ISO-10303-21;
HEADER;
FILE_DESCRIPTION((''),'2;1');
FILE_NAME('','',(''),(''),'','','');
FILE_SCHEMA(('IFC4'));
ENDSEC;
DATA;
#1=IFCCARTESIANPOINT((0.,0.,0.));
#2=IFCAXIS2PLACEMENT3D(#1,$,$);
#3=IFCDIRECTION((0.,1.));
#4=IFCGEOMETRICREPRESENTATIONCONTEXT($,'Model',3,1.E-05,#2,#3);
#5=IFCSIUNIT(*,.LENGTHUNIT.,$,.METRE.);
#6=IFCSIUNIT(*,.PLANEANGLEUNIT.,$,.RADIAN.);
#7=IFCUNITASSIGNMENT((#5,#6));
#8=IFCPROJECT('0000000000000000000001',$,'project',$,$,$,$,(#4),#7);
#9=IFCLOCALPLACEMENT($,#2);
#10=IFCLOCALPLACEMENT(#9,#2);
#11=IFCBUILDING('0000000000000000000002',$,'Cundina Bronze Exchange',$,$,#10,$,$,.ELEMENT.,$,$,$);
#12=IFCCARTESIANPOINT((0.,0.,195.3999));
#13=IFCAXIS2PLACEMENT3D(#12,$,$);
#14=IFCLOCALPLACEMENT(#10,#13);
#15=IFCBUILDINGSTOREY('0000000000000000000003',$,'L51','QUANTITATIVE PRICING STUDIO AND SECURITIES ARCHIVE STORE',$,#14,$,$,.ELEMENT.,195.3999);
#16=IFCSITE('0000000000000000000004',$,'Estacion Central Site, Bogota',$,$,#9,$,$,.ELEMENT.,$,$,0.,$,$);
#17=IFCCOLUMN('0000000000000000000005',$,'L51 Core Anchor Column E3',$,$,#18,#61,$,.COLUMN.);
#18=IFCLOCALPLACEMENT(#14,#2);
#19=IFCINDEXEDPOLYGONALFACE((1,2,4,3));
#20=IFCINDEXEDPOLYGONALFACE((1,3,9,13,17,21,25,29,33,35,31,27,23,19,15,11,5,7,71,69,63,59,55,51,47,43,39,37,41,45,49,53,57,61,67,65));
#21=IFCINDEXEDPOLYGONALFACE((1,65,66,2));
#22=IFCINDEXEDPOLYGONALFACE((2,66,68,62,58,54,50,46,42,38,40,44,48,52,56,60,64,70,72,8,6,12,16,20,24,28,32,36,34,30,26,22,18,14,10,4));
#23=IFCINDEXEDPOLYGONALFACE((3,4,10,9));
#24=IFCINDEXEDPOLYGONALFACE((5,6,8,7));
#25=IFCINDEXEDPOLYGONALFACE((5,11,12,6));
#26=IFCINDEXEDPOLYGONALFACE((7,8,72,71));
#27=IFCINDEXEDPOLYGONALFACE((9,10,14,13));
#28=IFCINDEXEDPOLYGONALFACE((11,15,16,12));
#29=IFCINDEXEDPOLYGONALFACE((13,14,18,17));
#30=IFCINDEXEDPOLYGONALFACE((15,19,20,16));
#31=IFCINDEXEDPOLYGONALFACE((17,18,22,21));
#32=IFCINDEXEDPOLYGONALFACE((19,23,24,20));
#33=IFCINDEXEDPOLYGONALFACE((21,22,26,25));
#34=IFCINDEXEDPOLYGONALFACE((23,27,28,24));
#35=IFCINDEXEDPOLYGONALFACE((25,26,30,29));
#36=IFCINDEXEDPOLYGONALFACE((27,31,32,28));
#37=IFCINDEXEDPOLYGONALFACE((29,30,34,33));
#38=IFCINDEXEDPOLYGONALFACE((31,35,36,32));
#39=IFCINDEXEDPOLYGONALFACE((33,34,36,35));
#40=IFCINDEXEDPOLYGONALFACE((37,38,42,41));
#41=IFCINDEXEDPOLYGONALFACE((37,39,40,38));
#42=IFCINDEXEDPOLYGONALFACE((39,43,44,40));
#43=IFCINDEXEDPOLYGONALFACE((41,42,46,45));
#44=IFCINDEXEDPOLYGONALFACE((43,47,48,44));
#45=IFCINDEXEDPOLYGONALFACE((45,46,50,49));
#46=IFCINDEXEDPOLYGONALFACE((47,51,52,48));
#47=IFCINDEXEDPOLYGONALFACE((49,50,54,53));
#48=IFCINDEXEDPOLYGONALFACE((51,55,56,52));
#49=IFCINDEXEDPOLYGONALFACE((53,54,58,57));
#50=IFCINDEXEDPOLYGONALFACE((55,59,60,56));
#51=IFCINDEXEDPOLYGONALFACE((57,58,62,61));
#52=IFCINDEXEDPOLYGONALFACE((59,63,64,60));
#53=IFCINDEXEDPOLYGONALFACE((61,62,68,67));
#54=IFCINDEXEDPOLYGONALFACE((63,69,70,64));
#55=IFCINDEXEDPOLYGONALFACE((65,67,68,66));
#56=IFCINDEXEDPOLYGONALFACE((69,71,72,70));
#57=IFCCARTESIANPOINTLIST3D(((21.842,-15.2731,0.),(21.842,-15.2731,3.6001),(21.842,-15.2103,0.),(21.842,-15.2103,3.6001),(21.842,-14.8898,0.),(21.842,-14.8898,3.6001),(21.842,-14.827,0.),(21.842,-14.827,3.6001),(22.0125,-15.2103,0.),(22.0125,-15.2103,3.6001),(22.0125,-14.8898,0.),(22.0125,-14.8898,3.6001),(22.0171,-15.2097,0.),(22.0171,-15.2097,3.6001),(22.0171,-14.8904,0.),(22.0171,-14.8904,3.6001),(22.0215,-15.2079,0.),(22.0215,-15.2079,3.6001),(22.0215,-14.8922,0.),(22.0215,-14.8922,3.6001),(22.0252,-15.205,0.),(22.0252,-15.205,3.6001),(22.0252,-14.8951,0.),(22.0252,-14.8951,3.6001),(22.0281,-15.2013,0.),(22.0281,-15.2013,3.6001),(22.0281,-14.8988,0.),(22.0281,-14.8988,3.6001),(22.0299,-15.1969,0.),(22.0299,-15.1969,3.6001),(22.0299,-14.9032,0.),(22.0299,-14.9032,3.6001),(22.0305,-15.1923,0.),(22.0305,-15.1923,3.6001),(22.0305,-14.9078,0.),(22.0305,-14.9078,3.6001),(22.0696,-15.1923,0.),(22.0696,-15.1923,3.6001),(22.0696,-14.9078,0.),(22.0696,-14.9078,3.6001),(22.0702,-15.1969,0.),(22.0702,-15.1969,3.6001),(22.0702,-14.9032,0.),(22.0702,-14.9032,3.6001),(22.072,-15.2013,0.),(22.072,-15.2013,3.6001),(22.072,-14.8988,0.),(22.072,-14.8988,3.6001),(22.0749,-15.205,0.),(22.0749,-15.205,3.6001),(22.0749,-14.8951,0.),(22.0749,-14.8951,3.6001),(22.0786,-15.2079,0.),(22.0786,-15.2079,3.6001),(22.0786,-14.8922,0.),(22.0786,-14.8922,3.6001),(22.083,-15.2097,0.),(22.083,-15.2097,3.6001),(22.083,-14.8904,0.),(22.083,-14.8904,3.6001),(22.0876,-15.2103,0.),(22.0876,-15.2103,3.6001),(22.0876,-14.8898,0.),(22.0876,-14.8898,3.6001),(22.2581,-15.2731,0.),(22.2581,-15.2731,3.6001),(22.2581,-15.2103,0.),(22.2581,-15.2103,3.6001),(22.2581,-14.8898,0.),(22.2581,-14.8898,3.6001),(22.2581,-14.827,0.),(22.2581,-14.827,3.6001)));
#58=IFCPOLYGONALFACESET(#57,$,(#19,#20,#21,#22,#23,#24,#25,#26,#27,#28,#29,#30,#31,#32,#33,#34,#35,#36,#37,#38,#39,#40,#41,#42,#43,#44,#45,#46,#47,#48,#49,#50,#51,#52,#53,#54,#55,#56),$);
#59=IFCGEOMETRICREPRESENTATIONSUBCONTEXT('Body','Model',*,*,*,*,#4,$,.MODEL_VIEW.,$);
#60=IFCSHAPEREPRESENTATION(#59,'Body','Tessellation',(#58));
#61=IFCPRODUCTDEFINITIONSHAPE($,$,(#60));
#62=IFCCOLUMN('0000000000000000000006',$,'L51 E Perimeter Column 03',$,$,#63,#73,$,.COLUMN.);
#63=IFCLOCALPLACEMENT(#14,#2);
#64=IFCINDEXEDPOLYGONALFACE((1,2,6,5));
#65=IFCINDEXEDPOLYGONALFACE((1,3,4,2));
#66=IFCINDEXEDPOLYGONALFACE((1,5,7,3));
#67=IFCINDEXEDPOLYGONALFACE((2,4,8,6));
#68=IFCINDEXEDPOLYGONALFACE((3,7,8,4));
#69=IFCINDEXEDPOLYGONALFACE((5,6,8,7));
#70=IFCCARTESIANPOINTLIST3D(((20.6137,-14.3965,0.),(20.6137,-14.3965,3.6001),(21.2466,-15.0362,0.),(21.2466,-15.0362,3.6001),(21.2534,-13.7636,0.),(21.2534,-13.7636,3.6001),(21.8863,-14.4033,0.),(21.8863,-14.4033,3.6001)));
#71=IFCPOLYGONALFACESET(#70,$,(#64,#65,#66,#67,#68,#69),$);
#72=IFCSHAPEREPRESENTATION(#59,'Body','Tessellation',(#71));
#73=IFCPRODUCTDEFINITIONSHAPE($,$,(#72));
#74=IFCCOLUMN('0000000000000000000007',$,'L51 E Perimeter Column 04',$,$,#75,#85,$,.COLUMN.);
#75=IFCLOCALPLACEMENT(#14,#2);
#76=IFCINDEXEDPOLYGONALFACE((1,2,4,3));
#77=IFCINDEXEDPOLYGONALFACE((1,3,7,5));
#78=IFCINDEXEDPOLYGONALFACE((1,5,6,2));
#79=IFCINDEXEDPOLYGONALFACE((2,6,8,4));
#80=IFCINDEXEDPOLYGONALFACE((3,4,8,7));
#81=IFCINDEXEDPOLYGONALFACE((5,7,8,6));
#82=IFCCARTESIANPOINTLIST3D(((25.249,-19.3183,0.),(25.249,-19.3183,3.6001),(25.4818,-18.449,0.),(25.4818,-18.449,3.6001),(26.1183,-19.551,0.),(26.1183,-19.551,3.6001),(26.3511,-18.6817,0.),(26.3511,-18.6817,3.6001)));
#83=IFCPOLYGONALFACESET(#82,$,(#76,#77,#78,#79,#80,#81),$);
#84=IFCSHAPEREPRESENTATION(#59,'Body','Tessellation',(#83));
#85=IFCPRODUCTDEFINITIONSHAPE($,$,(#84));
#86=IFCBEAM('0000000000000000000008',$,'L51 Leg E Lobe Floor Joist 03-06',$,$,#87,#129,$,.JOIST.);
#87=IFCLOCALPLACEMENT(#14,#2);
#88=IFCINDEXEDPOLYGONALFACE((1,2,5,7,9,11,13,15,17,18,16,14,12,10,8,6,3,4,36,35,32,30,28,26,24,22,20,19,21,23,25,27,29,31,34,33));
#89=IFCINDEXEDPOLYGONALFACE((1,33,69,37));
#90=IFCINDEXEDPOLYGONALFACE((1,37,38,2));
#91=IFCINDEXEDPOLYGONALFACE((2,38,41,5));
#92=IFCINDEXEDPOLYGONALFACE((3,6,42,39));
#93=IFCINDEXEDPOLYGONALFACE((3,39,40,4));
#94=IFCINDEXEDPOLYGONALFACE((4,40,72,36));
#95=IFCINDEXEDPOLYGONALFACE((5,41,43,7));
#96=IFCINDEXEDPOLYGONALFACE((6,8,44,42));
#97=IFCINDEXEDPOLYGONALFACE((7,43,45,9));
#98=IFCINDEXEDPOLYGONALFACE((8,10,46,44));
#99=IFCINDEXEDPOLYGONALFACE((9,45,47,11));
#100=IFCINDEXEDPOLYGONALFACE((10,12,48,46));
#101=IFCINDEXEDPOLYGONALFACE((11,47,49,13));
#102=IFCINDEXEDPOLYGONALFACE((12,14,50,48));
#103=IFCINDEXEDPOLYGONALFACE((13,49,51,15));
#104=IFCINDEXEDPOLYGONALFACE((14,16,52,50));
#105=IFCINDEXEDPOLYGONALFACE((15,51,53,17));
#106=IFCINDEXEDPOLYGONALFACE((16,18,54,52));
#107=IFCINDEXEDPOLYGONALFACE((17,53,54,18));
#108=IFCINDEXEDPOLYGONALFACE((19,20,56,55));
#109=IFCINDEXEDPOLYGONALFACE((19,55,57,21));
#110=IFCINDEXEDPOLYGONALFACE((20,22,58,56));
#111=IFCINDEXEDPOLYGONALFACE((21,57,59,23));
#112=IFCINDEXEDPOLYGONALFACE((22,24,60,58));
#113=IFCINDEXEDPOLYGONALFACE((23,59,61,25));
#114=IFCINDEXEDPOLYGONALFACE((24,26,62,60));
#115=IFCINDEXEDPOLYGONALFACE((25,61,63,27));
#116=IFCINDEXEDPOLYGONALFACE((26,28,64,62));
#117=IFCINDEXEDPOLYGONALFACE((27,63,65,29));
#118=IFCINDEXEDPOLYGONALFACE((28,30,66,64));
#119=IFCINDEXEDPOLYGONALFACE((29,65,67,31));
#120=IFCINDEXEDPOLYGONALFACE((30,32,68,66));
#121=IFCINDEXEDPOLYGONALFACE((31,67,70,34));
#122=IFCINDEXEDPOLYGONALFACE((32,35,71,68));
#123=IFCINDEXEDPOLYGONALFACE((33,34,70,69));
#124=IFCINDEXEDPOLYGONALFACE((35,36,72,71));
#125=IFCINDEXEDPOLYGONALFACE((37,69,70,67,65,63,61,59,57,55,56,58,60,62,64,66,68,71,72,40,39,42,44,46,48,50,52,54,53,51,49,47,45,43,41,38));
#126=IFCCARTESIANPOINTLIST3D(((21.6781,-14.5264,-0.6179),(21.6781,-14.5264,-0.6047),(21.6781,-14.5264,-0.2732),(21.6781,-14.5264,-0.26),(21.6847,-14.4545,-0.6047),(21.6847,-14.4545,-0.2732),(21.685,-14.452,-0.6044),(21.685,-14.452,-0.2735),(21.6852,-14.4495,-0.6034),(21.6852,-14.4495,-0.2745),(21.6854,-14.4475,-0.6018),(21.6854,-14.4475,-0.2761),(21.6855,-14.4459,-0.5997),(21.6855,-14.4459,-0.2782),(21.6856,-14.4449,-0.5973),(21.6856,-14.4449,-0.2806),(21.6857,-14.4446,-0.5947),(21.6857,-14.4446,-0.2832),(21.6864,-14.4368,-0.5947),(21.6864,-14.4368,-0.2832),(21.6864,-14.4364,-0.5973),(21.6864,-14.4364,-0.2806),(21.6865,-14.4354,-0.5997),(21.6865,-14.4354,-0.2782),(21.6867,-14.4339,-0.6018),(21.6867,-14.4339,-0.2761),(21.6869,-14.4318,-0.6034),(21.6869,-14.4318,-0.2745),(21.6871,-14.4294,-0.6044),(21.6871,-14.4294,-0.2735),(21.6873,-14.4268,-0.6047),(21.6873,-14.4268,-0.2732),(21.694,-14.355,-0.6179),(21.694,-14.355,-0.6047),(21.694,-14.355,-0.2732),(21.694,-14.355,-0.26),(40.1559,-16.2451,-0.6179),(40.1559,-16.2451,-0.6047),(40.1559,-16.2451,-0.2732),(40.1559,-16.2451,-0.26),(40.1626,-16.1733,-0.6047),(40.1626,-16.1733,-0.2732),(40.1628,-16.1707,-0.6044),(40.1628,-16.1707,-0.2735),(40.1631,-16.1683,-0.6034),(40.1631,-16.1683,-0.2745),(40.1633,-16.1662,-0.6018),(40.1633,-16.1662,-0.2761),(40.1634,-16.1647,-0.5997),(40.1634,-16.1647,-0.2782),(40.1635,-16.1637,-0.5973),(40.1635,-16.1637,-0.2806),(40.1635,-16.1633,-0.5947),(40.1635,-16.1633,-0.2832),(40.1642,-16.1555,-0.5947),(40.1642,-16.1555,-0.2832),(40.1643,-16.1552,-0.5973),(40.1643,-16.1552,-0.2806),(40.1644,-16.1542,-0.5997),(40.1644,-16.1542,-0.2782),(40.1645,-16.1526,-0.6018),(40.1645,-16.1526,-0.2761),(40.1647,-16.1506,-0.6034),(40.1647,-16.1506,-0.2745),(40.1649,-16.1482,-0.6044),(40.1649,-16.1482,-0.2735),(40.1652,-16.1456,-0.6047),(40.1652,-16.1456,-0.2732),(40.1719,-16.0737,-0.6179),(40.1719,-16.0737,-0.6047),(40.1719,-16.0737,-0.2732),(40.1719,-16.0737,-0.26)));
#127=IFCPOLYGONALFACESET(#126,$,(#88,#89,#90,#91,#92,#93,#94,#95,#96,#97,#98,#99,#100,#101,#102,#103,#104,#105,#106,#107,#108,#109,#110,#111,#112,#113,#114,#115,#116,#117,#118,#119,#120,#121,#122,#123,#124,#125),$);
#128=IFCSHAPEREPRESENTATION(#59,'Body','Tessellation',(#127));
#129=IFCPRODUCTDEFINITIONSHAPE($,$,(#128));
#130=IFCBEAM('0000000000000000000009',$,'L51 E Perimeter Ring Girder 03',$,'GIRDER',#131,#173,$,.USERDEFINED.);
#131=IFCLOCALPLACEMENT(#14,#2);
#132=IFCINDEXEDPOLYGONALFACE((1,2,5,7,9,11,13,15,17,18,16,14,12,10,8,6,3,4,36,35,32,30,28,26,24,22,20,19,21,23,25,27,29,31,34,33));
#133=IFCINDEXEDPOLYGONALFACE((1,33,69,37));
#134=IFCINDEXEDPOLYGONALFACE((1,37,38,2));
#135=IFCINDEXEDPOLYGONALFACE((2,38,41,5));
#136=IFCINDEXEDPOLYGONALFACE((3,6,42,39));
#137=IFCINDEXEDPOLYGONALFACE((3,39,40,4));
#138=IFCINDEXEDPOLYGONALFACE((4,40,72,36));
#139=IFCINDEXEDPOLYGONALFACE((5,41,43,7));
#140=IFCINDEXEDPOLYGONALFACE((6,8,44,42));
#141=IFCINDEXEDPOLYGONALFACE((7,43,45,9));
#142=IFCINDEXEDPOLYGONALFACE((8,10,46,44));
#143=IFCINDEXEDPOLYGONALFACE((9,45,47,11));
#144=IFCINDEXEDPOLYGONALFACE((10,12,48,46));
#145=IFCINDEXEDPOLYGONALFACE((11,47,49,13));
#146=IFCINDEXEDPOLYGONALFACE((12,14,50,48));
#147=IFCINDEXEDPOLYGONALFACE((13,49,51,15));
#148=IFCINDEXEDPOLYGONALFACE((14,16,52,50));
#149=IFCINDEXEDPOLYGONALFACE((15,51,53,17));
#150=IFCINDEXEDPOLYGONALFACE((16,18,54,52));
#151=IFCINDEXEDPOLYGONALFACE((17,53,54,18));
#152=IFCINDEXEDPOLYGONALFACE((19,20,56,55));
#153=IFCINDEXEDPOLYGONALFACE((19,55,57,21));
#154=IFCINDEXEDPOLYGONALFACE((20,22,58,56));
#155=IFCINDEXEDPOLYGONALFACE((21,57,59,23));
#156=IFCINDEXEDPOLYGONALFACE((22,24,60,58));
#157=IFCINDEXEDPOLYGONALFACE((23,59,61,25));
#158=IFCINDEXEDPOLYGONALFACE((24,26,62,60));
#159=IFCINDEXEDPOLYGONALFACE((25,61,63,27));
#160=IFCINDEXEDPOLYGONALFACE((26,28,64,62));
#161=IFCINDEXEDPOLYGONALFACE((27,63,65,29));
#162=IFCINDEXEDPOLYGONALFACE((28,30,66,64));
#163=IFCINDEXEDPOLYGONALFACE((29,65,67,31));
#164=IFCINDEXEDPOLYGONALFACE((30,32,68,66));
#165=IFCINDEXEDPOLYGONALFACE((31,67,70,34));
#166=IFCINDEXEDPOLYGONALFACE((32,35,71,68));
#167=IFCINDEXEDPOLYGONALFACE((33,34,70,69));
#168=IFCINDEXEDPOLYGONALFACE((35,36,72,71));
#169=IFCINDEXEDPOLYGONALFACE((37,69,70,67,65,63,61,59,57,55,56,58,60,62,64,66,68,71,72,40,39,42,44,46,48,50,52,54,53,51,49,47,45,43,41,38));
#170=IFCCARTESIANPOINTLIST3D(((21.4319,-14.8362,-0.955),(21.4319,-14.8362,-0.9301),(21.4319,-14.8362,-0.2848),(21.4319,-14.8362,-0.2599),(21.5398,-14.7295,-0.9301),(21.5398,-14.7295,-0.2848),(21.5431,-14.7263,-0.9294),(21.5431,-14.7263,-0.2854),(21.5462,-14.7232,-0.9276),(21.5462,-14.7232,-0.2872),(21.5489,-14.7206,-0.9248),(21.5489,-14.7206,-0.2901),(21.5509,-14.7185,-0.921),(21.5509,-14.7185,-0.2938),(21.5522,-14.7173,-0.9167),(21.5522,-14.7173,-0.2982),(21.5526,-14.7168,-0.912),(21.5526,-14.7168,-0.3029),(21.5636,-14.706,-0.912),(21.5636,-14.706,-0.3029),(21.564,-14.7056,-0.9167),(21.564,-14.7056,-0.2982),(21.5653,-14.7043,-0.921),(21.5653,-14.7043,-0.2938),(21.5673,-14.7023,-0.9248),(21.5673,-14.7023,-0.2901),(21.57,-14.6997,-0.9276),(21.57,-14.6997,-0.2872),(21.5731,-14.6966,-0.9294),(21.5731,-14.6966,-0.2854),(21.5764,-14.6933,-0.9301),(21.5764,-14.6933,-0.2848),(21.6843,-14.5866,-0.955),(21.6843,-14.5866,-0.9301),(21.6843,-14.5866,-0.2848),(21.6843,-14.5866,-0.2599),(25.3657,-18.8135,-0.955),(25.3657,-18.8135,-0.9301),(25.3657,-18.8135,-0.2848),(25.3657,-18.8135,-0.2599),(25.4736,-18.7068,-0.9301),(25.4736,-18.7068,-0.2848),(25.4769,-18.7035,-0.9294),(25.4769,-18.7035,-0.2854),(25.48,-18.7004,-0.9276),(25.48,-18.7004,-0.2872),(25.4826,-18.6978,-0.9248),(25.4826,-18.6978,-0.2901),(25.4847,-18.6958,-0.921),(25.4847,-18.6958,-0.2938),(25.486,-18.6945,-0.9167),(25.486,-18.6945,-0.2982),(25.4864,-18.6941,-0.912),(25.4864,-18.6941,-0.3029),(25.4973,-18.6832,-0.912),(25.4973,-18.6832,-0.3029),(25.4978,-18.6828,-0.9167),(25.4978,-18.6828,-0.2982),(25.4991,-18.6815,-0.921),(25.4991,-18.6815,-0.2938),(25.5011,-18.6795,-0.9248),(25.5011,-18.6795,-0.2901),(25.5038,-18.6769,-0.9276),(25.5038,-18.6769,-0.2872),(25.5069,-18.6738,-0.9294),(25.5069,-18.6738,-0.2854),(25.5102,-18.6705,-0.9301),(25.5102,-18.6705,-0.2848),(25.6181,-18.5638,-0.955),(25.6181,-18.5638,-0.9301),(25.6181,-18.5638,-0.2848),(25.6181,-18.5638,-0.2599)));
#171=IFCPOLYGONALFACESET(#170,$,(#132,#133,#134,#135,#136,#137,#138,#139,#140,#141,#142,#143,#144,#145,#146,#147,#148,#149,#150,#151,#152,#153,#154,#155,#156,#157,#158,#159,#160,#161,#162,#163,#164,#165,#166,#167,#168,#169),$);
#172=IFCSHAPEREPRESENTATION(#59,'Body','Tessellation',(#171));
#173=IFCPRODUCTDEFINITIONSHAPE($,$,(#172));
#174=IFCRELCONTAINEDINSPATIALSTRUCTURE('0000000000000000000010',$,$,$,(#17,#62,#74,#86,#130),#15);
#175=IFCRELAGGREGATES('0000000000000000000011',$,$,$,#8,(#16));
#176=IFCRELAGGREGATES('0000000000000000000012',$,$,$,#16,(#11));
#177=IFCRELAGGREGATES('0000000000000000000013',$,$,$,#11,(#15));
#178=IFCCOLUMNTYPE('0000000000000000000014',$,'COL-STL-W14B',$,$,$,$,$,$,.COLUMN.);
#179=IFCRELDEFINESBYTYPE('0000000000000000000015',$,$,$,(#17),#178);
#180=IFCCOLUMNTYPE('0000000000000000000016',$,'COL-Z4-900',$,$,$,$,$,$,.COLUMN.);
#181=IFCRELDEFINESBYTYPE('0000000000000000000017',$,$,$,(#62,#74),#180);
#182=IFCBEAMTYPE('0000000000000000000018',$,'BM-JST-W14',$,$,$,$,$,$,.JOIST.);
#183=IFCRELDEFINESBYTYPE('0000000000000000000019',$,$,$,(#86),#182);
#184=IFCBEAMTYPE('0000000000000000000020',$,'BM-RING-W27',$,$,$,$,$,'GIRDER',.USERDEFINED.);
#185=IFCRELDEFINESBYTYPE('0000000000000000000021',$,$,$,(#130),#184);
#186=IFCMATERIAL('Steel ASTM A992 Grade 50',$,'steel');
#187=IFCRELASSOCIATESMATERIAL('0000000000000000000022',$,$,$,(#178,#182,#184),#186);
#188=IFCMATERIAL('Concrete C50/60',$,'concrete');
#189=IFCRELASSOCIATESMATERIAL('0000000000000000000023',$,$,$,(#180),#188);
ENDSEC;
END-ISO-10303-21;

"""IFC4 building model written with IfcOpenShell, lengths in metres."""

from ifc_helpers import new_model, si_unit, direction, frame, origin, origin_2d, place, context, subcontext, project, spatial, rectangle, i_section, extrude, material, material_profile, profile_set, type_object, element, save


model = new_model("IFC4")

# Units and contexts
model_context = context("Model", 3, precision=1e-05, world=origin(), true_north=direction((0.0, 1.0)))
body_context = subcontext(model_context, "Body", "Model", "MODEL_VIEW")
ifc_project = project(units=[si_unit("LENGTHUNIT", "METRE"), si_unit("PLANEANGLEUNIT", "RADIAN")], contexts=[model_context])

# Site, building, storey
site_placement = place(None, origin())
site = spatial("IfcSite", under=ifc_project, at=site_placement, Name="Estacion Central Site, Bogota", CompositionType="ELEMENT", RefElevation=0.0)
building_placement = place(site_placement, origin())
building = spatial("IfcBuilding", under=site, at=building_placement, Name="Cundina Bronze Exchange", CompositionType="ELEMENT")
storey_placement = place(building_placement, frame((0.0, 0.0, 195.3999)))
storey = spatial("IfcBuildingStorey", under=building, at=storey_placement, Name="L51", Description="QUANTITATIVE PRICING STUDIO AND SECURITIES ARCHIVE STORE", CompositionType="ELEMENT", Elevation=195.3999)

# Columns
ifc_material_1 = material(Name="Steel ASTM A992 Grade 50", Category="steel")
ifc_material_profile_1 = material_profile(ifc_material_1, i_section(OverallWidth=0.416, OverallDepth=0.446, WebThickness=0.0391, FlangeThickness=0.0627, FilletRadius=0.0181, at=origin_2d()), Name="W14X342", Category="steel")
ifc_profile_set_1 = profile_set([ifc_material_profile_1], Name="Steel ASTM A992 Grade 50")
column_type_1 = type_object("IfcColumnType", Name="COL-STL-W14B", PredefinedType="COLUMN", material=ifc_profile_set_1)
column_placement = place(storey_placement, frame((22.05, -15.05, 0.0), z_axis=(0.0, 0.0, 1.0), x_axis=(1.0, 0.0, 0.0)))
element("IfcColumn", 1, at=column_placement, inside=storey, type_object=column_type_1, Name="L51 Core Anchor Column E3", PredefinedType="COLUMN", context=body_context, shape_type="SweptSolid", body=[
    extrude(i_section(OverallWidth=0.416, OverallDepth=0.446, WebThickness=0.0391, FlangeThickness=0.0627, FilletRadius=0.0181, at=origin_2d()), origin(), (0.0, 0.0, 1.0), 3.6001),
])
ifc_material_2 = material(Name="Concrete C50/60", Category="concrete")
ifc_material_profile_2 = material_profile(ifc_material_2, rectangle(XDim=0.8999, YDim=0.8999, at=origin_2d()), Name="RC900X900", Category="concrete")
ifc_profile_set_2 = profile_set([ifc_material_profile_2], Name="Concrete C50/60")
column_type_2 = type_object("IfcColumnType", Name="COL-Z4-900", PredefinedType="COLUMN", material=ifc_profile_set_2)
for number, where, z_axis, x_axis, name in (
    (2, (21.25, -14.3999, 0.0), (0.0, 0.0, 1.0), (0.703271, -0.710922, 0.0), "L51 E Perimeter Column 03"),
    (3, (25.8, -19.0, 0.0), (0.0, 0.0, 1.0), (0.965971, -0.25865, 0.0), "L51 E Perimeter Column 04"),
):
    element("IfcColumn", number, at=place(storey_placement, frame(where, z_axis=z_axis, x_axis=x_axis)), inside=storey, type_object=column_type_2, Name=name, PredefinedType="COLUMN", context=body_context, shape_type="SweptSolid", body=[
        extrude(rectangle(XDim=0.8999, YDim=0.8999, at=origin_2d()), origin(), (0.0, 0.0, 1.0), 3.6001),
    ])

# Beams
ifc_material_profile_3 = material_profile(ifc_material_1, i_section(OverallWidth=0.1721, OverallDepth=0.3579, WebThickness=0.0078, FlangeThickness=0.0132, FilletRadius=0.01, at=origin_2d()), Name="W14X38", Category="steel")
ifc_profile_set_3 = profile_set([ifc_material_profile_3], Name="Steel ASTM A992 Grade 50")
beam_type_1 = type_object("IfcBeamType", Name="BM-JST-W14", PredefinedType="JOIST", material=ifc_profile_set_3)
beam_1_placement = place(storey_placement, frame((21.686, -14.4407, -0.439), z_axis=(0.995702, -0.092617, 0.0), x_axis=(0.092617, 0.995702, 0.0)))
element("IfcBeam", 4, at=beam_1_placement, inside=storey, type_object=beam_type_1, Name="L51 Leg E Lobe Floor Joist 03-06", PredefinedType="JOIST", context=body_context, shape_type="SweptSolid", body=[
    extrude(i_section(OverallWidth=0.1721, OverallDepth=0.3579, WebThickness=0.0078, FlangeThickness=0.0132, FilletRadius=0.01, at=origin_2d()), origin(), (0.0, 0.0, 1.0), 18.5576),
])
ifc_material_profile_4 = material_profile(ifc_material_1, i_section(OverallWidth=0.355, OverallDepth=0.6951, WebThickness=0.0154, FlangeThickness=0.0249, FilletRadius=0.0181, at=origin_2d()), Name="W27X146", Category="steel")
ifc_profile_set_4 = profile_set([ifc_material_profile_4], Name="Steel ASTM A992 Grade 50")
beam_type_2 = type_object("IfcBeamType", Name="BM-RING-W27", ElementType="GIRDER", PredefinedType="USERDEFINED", material=ifc_profile_set_4)
beam_2_placement = place(storey_placement, frame((21.5581, -14.7114, -0.6074), z_axis=(0.703212, -0.71098, 0.0), x_axis=(0.71098, 0.703212, 0.0)))
element("IfcBeam", 5, at=beam_2_placement, inside=storey, type_object=beam_type_2, Name="L51 E Perimeter Ring Girder 03", ObjectType="GIRDER", PredefinedType="USERDEFINED", context=body_context, shape_type="SweptSolid", body=[
    extrude(i_section(OverallWidth=0.355, OverallDepth=0.6951, WebThickness=0.0154, FlangeThickness=0.0249, FilletRadius=0.0181, at=origin_2d()), origin(), (0.0, 0.0, 1.0), 5.594),
])

save(model, "model.ifc")
